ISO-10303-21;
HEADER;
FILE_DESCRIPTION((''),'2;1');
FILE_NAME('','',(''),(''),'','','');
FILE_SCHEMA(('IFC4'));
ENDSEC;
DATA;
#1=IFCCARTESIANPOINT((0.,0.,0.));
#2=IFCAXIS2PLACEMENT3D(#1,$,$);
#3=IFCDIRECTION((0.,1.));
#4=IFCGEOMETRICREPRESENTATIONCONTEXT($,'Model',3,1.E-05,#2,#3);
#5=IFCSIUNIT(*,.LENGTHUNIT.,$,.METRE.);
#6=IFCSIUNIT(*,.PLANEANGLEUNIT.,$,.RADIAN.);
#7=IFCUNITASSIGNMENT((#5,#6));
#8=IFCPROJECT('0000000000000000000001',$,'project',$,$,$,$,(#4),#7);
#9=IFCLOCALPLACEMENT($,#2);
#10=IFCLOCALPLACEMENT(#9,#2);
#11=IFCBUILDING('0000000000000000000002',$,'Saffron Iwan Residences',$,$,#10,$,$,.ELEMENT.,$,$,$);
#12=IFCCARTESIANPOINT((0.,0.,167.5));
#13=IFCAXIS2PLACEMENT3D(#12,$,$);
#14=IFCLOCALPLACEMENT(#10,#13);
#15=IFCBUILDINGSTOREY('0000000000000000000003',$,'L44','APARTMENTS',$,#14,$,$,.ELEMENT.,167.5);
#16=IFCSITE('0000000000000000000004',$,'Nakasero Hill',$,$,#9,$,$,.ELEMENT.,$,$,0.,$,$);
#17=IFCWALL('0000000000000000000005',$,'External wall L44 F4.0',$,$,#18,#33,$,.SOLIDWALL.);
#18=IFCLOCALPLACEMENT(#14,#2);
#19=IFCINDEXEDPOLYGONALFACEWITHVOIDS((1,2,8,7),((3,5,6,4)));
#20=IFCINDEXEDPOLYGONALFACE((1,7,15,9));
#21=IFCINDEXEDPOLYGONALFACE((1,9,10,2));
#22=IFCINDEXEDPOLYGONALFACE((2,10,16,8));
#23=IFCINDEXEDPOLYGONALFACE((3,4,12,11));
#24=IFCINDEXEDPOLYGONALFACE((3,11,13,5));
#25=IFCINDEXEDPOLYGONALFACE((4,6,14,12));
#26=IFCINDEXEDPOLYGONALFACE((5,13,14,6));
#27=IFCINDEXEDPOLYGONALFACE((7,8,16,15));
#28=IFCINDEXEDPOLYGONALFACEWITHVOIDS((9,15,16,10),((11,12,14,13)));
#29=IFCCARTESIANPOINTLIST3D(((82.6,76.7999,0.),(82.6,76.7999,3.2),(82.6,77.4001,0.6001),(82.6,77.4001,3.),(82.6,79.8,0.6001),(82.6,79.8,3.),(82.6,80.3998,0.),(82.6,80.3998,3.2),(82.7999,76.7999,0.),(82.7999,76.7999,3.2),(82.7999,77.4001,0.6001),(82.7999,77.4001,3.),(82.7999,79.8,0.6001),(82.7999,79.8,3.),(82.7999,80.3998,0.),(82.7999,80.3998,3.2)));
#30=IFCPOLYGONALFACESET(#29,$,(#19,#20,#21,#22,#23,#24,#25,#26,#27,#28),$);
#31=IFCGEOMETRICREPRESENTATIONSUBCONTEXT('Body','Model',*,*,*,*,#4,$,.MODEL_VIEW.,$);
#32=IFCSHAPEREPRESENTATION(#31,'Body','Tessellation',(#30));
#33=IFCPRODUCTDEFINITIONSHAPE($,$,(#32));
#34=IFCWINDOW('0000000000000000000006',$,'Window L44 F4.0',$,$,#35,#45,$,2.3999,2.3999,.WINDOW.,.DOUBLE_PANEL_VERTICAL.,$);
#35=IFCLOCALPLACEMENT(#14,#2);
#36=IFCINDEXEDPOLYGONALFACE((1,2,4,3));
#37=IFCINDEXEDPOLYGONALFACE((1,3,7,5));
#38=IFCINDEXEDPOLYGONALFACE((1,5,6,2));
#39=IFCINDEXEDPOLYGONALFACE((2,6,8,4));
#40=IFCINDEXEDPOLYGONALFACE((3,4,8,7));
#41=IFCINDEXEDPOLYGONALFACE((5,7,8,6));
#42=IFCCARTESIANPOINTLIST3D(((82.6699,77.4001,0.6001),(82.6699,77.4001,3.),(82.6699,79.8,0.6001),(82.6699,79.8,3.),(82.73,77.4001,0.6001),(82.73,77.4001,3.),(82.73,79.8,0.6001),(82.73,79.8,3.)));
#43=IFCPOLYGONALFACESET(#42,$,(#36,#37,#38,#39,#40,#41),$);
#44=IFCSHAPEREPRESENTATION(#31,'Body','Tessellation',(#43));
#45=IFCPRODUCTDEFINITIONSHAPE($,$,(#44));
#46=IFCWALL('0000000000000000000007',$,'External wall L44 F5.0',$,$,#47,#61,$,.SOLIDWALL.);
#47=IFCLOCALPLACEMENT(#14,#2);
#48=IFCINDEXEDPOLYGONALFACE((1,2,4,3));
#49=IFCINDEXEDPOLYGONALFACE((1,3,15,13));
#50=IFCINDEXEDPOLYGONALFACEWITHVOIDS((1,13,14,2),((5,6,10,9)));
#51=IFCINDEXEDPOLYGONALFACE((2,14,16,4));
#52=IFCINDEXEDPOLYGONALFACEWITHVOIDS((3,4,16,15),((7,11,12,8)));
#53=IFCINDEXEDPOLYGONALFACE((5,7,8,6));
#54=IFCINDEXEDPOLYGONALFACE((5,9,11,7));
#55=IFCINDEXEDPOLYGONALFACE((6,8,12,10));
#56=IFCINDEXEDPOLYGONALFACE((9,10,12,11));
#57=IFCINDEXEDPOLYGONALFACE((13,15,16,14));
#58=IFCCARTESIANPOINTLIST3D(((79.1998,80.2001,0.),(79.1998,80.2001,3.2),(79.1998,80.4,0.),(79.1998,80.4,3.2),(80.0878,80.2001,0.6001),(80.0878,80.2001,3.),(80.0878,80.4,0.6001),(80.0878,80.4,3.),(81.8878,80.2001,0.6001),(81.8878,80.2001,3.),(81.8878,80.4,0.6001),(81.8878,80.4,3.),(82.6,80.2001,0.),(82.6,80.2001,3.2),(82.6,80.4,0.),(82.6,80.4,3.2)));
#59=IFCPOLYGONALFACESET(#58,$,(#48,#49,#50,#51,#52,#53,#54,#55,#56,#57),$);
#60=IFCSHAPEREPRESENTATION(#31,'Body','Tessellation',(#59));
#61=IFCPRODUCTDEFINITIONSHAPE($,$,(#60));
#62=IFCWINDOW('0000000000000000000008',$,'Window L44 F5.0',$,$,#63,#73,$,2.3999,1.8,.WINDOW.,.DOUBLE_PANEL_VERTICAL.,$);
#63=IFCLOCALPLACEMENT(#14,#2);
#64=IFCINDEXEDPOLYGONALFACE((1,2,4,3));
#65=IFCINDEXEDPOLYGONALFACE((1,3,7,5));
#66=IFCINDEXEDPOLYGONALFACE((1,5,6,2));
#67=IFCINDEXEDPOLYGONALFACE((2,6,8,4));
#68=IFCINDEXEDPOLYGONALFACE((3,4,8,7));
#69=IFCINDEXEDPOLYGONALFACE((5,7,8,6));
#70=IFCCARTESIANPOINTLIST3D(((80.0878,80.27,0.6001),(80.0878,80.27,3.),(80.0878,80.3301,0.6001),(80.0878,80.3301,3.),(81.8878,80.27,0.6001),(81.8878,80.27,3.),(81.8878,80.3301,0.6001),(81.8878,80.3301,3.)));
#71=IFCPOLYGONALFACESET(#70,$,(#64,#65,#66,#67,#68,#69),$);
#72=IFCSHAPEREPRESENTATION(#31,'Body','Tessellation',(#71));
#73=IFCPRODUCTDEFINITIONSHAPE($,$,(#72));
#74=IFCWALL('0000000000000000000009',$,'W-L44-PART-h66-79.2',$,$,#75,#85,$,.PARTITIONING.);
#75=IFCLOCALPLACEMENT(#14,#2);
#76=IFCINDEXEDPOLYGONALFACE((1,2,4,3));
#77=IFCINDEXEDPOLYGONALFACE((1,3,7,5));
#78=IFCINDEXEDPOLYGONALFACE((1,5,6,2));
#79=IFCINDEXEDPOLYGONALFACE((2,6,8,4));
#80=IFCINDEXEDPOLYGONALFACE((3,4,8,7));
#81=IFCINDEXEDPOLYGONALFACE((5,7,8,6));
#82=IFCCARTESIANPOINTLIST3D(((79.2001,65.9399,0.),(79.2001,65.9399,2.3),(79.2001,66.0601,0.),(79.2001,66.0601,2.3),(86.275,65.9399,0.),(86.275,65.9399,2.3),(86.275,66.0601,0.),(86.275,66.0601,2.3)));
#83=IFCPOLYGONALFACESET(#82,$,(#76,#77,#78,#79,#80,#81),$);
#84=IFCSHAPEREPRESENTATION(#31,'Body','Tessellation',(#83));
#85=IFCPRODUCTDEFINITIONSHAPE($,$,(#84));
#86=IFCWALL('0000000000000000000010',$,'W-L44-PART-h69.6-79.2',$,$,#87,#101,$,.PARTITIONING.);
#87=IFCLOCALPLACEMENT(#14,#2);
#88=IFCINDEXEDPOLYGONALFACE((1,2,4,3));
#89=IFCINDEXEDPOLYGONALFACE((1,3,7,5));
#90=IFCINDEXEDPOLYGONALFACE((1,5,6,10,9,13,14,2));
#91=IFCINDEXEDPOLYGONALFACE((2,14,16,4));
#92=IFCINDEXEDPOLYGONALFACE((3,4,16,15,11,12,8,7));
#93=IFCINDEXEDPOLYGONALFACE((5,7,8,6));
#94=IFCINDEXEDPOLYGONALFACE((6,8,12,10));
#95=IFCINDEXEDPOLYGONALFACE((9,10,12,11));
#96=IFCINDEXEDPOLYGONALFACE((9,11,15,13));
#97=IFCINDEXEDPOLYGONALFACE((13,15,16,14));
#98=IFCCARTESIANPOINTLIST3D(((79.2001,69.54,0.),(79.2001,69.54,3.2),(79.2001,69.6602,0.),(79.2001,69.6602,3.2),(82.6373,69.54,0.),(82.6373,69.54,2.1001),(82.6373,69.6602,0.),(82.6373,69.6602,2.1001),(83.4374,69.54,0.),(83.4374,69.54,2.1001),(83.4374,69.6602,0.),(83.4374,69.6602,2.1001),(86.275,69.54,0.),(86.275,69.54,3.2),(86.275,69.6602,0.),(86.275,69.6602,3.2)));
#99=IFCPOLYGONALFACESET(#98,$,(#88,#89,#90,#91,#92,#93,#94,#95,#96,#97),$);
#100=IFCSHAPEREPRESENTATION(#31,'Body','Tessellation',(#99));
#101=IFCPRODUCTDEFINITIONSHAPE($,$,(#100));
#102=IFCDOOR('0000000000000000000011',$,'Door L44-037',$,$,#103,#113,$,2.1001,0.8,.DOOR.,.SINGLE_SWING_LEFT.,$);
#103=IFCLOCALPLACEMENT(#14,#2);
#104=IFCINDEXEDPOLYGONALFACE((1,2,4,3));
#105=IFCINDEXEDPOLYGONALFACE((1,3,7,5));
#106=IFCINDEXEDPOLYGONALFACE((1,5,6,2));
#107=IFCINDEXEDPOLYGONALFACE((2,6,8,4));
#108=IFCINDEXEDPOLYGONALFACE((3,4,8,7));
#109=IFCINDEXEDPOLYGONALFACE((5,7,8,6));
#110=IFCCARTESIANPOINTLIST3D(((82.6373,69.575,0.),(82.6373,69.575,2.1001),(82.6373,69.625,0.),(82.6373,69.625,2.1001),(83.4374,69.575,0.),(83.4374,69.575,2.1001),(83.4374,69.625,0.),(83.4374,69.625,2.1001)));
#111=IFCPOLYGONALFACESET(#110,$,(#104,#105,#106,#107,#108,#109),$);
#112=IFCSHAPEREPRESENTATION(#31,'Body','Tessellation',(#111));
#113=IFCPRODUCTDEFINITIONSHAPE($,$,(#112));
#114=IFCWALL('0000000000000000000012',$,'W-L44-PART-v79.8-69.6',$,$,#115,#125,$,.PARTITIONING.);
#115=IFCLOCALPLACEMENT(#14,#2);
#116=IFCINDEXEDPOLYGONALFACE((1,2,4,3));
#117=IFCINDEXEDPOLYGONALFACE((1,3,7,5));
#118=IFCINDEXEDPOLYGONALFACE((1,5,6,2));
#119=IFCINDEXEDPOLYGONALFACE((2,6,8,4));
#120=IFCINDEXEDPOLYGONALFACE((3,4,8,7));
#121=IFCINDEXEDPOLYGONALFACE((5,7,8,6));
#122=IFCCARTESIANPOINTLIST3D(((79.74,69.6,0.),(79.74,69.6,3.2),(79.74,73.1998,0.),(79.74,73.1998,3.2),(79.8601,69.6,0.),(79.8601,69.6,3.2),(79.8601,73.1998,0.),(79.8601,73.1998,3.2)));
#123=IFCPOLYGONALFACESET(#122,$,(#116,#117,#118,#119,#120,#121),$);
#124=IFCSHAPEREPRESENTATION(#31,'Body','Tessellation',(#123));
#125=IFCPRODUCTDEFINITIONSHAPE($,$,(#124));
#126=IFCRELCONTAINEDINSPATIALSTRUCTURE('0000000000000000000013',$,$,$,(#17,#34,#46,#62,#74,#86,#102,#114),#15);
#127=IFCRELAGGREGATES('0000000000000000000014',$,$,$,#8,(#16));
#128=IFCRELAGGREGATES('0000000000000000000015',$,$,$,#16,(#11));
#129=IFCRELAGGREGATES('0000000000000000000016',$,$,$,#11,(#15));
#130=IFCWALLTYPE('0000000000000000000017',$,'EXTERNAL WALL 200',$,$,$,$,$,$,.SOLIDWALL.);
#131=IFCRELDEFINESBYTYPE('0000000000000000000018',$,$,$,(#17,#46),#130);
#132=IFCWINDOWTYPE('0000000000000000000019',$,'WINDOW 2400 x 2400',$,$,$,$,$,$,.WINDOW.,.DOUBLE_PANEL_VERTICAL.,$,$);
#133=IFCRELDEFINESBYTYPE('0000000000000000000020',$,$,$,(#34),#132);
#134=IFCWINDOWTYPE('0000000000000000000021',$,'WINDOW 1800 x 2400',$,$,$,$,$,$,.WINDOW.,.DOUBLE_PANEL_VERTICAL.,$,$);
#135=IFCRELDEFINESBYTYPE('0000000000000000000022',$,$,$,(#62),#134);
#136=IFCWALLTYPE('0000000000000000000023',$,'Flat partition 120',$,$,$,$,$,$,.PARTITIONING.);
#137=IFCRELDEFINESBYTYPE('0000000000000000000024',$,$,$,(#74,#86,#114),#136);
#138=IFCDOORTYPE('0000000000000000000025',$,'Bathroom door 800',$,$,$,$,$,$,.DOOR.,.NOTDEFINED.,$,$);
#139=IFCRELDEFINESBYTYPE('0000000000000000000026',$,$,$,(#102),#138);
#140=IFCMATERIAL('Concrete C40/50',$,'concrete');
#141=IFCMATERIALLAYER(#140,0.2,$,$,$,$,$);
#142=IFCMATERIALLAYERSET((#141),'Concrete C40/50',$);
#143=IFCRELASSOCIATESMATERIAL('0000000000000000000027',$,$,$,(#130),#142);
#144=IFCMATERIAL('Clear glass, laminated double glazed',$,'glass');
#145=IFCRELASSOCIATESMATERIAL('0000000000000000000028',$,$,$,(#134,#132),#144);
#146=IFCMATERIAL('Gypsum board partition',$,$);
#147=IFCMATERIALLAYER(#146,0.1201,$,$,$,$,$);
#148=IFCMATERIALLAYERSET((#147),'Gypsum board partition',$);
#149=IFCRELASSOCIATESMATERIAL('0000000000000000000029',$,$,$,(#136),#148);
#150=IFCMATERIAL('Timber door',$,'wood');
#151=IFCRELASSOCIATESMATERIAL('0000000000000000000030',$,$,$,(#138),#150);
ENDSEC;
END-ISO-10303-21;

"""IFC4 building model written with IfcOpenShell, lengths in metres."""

from ifc_helpers import new_model, si_unit, direction, frame, frame_2d, origin, place, context, subcontext, project, spatial, rectangle, extrude, material, layer, layer_set, type_object, element, fill, save


model = new_model("IFC4")

# Units and contexts
model_context = context("Model", 3, precision=1e-05, world=origin(), true_north=direction((0.0, 1.0)))
body_context = subcontext(model_context, "Body", "Model", "MODEL_VIEW")
ifc_project = project(units=[si_unit("LENGTHUNIT", "METRE"), si_unit("PLANEANGLEUNIT", "RADIAN")], contexts=[model_context])

# Site, building, storey
site_placement = place(None, origin())
site = spatial("IfcSite", under=ifc_project, at=site_placement, Name="Nakasero Hill", CompositionType="ELEMENT", RefElevation=0.0)
building_placement = place(site_placement, origin())
building = spatial("IfcBuilding", under=site, at=building_placement, Name="Saffron Iwan Residences", CompositionType="ELEMENT")
storey_placement = place(building_placement, frame((0.0, 0.0, 167.5)))
storey = spatial("IfcBuildingStorey", under=building, at=storey_placement, Name="L44", Description="APARTMENTS", CompositionType="ELEMENT", Elevation=167.5)

# Walls, openings, windows
ifc_material_1 = material(Name="Concrete C40/50", Category="concrete")
ifc_layer_1 = layer(ifc_material_1, 0.2)
ifc_layer_set_1 = layer_set([ifc_layer_1], Name="Concrete C40/50")
wall_type_1 = type_object("IfcWallType", Name="EXTERNAL WALL 200", PredefinedType="SOLIDWALL", material=ifc_layer_set_1)
ifc_material_2 = material(Name="Clear glass, laminated double glazed", Category="glass")
window_type_1 = type_object("IfcWindowType", Name="WINDOW 1800 x 2400", PartitioningType="DOUBLE_PANEL_VERTICAL", PredefinedType="WINDOW", material=ifc_material_2)
wall_1_placement = place(storey_placement, frame((82.7, 76.8, 0.0), z_axis=(0.0, 0.0, 1.0), x_axis=(0.0, 1.0, 0.0)))
wall_1 = element("IfcWall", 1, at=wall_1_placement, inside=storey, type_object=wall_type_1, Name="External wall L44 F4.0", PredefinedType="SOLIDWALL", context=body_context, shape_type="SweptSolid", body=[
    extrude(rectangle(XDim=3.5999, YDim=0.2, at=frame_2d((1.7998, 0.0))), origin(), (0.0, 0.0, 1.0), 3.2),
])
opening_1_placement = place(wall_1_placement, frame((0.6001, 0.0, 0.6001)))
opening_1 = element("IfcOpeningElement", 2, at=opening_1_placement, cuts=wall_1, PredefinedType="OPENING", context=body_context, shape_type="SweptSolid", body=[
    extrude(rectangle(XDim=2.3999, YDim=2.3999, at=frame_2d((1.2, 1.2))), frame((0.0, 0.1099, 0.0), z_axis=(0.0, -1.0, 0.0), x_axis=(1.0, 0.0, 0.0)), (0.0, 0.0, 1.0), 0.22),
])
window_type_2 = type_object("IfcWindowType", Name="WINDOW 2400 x 2400", PartitioningType="DOUBLE_PANEL_VERTICAL", PredefinedType="WINDOW", material=ifc_material_2)
window_1_placement = place(opening_1_placement, origin())
window_1 = element("IfcWindow", 3, at=window_1_placement, inside=storey, type_object=window_type_2, Name="Window L44 F4.0", OverallHeight=2.3999, OverallWidth=2.3999, PartitioningType="DOUBLE_PANEL_VERTICAL", PredefinedType="WINDOW", context=body_context, shape_type="SweptSolid", body=[
    extrude(rectangle(XDim=2.3999, YDim=2.3999, at=frame_2d((1.2, 1.2))), frame((0.0, 0.03, 0.0), z_axis=(0.0, -1.0, 0.0), x_axis=(1.0, 0.0, 0.0)), (0.0, 0.0, 1.0), 0.0601),
])
fill(opening_1, window_1)
wall_2_placement = place(storey_placement, frame((82.6001, 80.3, 0.0), z_axis=(0.0, 0.0, 1.0), x_axis=(-1.0, 0.0, 0.0)))
wall_2 = element("IfcWall", 4, at=wall_2_placement, inside=storey, type_object=wall_type_1, Name="External wall L44 F5.0", PredefinedType="SOLIDWALL", context=body_context, shape_type="SweptSolid", body=[
    extrude(rectangle(XDim=3.4001, YDim=0.2, at=frame_2d((1.7002, 0.0))), origin(), (0.0, 0.0, 1.0), 3.2),
])
opening_2_placement = place(wall_2_placement, frame((0.7124, 0.0, 0.6001)))
opening_2 = element("IfcOpeningElement", 5, at=opening_2_placement, cuts=wall_2, PredefinedType="OPENING", context=body_context, shape_type="SweptSolid", body=[
    extrude(rectangle(XDim=1.8, YDim=2.3999, at=frame_2d((0.8999, 1.2))), frame((0.0, 0.1099, 0.0), z_axis=(0.0, -1.0, 0.0), x_axis=(1.0, 0.0, 0.0)), (0.0, 0.0, 1.0), 0.22),
])
window_2_placement = place(opening_2_placement, origin())
window_2 = element("IfcWindow", 6, at=window_2_placement, inside=storey, type_object=window_type_1, Name="Window L44 F5.0", OverallHeight=2.3999, OverallWidth=1.8, PartitioningType="DOUBLE_PANEL_VERTICAL", PredefinedType="WINDOW", context=body_context, shape_type="SweptSolid", body=[
    extrude(rectangle(XDim=1.8, YDim=2.3999, at=frame_2d((0.8999, 1.2))), frame((0.0, 0.03, 0.0), z_axis=(0.0, -1.0, 0.0), x_axis=(1.0, 0.0, 0.0)), (0.0, 0.0, 1.0), 0.0601),
])
fill(opening_2, window_2)

# Wall
ifc_material_3 = material(Name="Gypsum board partition")
ifc_layer_2 = layer(ifc_material_3, 0.1201)
ifc_layer_set_2 = layer_set([ifc_layer_2], Name="Gypsum board partition")
wall_type_2 = type_object("IfcWallType", Name="Flat partition 120", PredefinedType="PARTITIONING", material=ifc_layer_set_2)
wall_3_placement = place(storey_placement, frame((79.2, 66.0, 0.0), z_axis=(0.0, 0.0, 1.0), x_axis=(1.0, 0.0, 0.0)))
element("IfcWall", 7, at=wall_3_placement, inside=storey, type_object=wall_type_2, Name="W-L44-PART-h66-79.2", PredefinedType="PARTITIONING", context=body_context, shape_type="SweptSolid", body=[
    extrude(rectangle(XDim=7.075, YDim=0.1201, at=frame_2d((3.5376, 0.0))), origin(), (0.0, 0.0, 1.0), 2.3),
])

# Wall, opening, door
wall_4_placement = place(storey_placement, frame((79.2, 69.6001, 0.0), z_axis=(0.0, 0.0, 1.0), x_axis=(1.0, 0.0, 0.0)))
wall_4 = element("IfcWall", 8, at=wall_4_placement, inside=storey, type_object=wall_type_2, Name="W-L44-PART-h69.6-79.2", PredefinedType="PARTITIONING", context=body_context, shape_type="SweptSolid", body=[
    extrude(rectangle(XDim=7.075, YDim=0.1201, at=frame_2d((3.5376, 0.0))), origin(), (0.0, 0.0, 1.0), 3.2),
])
opening_3_placement = place(wall_4_placement, frame((3.4375, 0.0, 0.0)))
opening_3 = element("IfcOpeningElement", 9, at=opening_3_placement, cuts=wall_4, PredefinedType="OPENING", context=body_context, shape_type="SweptSolid", body=[
    extrude(rectangle(XDim=0.8, YDim=2.1001, at=frame_2d((0.3999, 1.05))), frame((0.0, 0.0701, 0.0), z_axis=(0.0, -1.0, 0.0), x_axis=(1.0, 0.0, 0.0)), (0.0, 0.0, 1.0), 0.1401),
])
ifc_material_4 = material(Name="Timber door", Category="wood")
door_type = type_object("IfcDoorType", Name="Bathroom door 800", OperationType="NOTDEFINED", PredefinedType="DOOR", material=ifc_material_4)
door_placement = place(opening_3_placement, origin())
door = element("IfcDoor", 10, at=door_placement, inside=storey, type_object=door_type, Name="Door L44-037", OperationType="SINGLE_SWING_LEFT", OverallHeight=2.1001, OverallWidth=0.8, PredefinedType="DOOR", context=body_context, shape_type="SweptSolid", body=[
    extrude(rectangle(XDim=0.8, YDim=2.1001, at=frame_2d((0.3999, 1.05))), frame((0.0, 0.0249, 0.0), z_axis=(0.0, -1.0, 0.0), x_axis=(1.0, 0.0, 0.0)), (0.0, 0.0, 1.0), 0.05),
])
fill(opening_3, door)

# Wall
wall_5_placement = place(storey_placement, frame((79.8, 69.6001, 0.0), z_axis=(0.0, 0.0, 1.0), x_axis=(0.0, 1.0, 0.0)))
element("IfcWall", 11, at=wall_5_placement, inside=storey, type_object=wall_type_2, Name="W-L44-PART-v79.8-69.6", PredefinedType="PARTITIONING", context=body_context, shape_type="SweptSolid", body=[
    extrude(rectangle(XDim=3.5999, YDim=0.1201, at=frame_2d((1.7998, 0.0))), origin(), (0.0, 0.0, 1.0), 3.2),
])

save(model, "model.ifc")
